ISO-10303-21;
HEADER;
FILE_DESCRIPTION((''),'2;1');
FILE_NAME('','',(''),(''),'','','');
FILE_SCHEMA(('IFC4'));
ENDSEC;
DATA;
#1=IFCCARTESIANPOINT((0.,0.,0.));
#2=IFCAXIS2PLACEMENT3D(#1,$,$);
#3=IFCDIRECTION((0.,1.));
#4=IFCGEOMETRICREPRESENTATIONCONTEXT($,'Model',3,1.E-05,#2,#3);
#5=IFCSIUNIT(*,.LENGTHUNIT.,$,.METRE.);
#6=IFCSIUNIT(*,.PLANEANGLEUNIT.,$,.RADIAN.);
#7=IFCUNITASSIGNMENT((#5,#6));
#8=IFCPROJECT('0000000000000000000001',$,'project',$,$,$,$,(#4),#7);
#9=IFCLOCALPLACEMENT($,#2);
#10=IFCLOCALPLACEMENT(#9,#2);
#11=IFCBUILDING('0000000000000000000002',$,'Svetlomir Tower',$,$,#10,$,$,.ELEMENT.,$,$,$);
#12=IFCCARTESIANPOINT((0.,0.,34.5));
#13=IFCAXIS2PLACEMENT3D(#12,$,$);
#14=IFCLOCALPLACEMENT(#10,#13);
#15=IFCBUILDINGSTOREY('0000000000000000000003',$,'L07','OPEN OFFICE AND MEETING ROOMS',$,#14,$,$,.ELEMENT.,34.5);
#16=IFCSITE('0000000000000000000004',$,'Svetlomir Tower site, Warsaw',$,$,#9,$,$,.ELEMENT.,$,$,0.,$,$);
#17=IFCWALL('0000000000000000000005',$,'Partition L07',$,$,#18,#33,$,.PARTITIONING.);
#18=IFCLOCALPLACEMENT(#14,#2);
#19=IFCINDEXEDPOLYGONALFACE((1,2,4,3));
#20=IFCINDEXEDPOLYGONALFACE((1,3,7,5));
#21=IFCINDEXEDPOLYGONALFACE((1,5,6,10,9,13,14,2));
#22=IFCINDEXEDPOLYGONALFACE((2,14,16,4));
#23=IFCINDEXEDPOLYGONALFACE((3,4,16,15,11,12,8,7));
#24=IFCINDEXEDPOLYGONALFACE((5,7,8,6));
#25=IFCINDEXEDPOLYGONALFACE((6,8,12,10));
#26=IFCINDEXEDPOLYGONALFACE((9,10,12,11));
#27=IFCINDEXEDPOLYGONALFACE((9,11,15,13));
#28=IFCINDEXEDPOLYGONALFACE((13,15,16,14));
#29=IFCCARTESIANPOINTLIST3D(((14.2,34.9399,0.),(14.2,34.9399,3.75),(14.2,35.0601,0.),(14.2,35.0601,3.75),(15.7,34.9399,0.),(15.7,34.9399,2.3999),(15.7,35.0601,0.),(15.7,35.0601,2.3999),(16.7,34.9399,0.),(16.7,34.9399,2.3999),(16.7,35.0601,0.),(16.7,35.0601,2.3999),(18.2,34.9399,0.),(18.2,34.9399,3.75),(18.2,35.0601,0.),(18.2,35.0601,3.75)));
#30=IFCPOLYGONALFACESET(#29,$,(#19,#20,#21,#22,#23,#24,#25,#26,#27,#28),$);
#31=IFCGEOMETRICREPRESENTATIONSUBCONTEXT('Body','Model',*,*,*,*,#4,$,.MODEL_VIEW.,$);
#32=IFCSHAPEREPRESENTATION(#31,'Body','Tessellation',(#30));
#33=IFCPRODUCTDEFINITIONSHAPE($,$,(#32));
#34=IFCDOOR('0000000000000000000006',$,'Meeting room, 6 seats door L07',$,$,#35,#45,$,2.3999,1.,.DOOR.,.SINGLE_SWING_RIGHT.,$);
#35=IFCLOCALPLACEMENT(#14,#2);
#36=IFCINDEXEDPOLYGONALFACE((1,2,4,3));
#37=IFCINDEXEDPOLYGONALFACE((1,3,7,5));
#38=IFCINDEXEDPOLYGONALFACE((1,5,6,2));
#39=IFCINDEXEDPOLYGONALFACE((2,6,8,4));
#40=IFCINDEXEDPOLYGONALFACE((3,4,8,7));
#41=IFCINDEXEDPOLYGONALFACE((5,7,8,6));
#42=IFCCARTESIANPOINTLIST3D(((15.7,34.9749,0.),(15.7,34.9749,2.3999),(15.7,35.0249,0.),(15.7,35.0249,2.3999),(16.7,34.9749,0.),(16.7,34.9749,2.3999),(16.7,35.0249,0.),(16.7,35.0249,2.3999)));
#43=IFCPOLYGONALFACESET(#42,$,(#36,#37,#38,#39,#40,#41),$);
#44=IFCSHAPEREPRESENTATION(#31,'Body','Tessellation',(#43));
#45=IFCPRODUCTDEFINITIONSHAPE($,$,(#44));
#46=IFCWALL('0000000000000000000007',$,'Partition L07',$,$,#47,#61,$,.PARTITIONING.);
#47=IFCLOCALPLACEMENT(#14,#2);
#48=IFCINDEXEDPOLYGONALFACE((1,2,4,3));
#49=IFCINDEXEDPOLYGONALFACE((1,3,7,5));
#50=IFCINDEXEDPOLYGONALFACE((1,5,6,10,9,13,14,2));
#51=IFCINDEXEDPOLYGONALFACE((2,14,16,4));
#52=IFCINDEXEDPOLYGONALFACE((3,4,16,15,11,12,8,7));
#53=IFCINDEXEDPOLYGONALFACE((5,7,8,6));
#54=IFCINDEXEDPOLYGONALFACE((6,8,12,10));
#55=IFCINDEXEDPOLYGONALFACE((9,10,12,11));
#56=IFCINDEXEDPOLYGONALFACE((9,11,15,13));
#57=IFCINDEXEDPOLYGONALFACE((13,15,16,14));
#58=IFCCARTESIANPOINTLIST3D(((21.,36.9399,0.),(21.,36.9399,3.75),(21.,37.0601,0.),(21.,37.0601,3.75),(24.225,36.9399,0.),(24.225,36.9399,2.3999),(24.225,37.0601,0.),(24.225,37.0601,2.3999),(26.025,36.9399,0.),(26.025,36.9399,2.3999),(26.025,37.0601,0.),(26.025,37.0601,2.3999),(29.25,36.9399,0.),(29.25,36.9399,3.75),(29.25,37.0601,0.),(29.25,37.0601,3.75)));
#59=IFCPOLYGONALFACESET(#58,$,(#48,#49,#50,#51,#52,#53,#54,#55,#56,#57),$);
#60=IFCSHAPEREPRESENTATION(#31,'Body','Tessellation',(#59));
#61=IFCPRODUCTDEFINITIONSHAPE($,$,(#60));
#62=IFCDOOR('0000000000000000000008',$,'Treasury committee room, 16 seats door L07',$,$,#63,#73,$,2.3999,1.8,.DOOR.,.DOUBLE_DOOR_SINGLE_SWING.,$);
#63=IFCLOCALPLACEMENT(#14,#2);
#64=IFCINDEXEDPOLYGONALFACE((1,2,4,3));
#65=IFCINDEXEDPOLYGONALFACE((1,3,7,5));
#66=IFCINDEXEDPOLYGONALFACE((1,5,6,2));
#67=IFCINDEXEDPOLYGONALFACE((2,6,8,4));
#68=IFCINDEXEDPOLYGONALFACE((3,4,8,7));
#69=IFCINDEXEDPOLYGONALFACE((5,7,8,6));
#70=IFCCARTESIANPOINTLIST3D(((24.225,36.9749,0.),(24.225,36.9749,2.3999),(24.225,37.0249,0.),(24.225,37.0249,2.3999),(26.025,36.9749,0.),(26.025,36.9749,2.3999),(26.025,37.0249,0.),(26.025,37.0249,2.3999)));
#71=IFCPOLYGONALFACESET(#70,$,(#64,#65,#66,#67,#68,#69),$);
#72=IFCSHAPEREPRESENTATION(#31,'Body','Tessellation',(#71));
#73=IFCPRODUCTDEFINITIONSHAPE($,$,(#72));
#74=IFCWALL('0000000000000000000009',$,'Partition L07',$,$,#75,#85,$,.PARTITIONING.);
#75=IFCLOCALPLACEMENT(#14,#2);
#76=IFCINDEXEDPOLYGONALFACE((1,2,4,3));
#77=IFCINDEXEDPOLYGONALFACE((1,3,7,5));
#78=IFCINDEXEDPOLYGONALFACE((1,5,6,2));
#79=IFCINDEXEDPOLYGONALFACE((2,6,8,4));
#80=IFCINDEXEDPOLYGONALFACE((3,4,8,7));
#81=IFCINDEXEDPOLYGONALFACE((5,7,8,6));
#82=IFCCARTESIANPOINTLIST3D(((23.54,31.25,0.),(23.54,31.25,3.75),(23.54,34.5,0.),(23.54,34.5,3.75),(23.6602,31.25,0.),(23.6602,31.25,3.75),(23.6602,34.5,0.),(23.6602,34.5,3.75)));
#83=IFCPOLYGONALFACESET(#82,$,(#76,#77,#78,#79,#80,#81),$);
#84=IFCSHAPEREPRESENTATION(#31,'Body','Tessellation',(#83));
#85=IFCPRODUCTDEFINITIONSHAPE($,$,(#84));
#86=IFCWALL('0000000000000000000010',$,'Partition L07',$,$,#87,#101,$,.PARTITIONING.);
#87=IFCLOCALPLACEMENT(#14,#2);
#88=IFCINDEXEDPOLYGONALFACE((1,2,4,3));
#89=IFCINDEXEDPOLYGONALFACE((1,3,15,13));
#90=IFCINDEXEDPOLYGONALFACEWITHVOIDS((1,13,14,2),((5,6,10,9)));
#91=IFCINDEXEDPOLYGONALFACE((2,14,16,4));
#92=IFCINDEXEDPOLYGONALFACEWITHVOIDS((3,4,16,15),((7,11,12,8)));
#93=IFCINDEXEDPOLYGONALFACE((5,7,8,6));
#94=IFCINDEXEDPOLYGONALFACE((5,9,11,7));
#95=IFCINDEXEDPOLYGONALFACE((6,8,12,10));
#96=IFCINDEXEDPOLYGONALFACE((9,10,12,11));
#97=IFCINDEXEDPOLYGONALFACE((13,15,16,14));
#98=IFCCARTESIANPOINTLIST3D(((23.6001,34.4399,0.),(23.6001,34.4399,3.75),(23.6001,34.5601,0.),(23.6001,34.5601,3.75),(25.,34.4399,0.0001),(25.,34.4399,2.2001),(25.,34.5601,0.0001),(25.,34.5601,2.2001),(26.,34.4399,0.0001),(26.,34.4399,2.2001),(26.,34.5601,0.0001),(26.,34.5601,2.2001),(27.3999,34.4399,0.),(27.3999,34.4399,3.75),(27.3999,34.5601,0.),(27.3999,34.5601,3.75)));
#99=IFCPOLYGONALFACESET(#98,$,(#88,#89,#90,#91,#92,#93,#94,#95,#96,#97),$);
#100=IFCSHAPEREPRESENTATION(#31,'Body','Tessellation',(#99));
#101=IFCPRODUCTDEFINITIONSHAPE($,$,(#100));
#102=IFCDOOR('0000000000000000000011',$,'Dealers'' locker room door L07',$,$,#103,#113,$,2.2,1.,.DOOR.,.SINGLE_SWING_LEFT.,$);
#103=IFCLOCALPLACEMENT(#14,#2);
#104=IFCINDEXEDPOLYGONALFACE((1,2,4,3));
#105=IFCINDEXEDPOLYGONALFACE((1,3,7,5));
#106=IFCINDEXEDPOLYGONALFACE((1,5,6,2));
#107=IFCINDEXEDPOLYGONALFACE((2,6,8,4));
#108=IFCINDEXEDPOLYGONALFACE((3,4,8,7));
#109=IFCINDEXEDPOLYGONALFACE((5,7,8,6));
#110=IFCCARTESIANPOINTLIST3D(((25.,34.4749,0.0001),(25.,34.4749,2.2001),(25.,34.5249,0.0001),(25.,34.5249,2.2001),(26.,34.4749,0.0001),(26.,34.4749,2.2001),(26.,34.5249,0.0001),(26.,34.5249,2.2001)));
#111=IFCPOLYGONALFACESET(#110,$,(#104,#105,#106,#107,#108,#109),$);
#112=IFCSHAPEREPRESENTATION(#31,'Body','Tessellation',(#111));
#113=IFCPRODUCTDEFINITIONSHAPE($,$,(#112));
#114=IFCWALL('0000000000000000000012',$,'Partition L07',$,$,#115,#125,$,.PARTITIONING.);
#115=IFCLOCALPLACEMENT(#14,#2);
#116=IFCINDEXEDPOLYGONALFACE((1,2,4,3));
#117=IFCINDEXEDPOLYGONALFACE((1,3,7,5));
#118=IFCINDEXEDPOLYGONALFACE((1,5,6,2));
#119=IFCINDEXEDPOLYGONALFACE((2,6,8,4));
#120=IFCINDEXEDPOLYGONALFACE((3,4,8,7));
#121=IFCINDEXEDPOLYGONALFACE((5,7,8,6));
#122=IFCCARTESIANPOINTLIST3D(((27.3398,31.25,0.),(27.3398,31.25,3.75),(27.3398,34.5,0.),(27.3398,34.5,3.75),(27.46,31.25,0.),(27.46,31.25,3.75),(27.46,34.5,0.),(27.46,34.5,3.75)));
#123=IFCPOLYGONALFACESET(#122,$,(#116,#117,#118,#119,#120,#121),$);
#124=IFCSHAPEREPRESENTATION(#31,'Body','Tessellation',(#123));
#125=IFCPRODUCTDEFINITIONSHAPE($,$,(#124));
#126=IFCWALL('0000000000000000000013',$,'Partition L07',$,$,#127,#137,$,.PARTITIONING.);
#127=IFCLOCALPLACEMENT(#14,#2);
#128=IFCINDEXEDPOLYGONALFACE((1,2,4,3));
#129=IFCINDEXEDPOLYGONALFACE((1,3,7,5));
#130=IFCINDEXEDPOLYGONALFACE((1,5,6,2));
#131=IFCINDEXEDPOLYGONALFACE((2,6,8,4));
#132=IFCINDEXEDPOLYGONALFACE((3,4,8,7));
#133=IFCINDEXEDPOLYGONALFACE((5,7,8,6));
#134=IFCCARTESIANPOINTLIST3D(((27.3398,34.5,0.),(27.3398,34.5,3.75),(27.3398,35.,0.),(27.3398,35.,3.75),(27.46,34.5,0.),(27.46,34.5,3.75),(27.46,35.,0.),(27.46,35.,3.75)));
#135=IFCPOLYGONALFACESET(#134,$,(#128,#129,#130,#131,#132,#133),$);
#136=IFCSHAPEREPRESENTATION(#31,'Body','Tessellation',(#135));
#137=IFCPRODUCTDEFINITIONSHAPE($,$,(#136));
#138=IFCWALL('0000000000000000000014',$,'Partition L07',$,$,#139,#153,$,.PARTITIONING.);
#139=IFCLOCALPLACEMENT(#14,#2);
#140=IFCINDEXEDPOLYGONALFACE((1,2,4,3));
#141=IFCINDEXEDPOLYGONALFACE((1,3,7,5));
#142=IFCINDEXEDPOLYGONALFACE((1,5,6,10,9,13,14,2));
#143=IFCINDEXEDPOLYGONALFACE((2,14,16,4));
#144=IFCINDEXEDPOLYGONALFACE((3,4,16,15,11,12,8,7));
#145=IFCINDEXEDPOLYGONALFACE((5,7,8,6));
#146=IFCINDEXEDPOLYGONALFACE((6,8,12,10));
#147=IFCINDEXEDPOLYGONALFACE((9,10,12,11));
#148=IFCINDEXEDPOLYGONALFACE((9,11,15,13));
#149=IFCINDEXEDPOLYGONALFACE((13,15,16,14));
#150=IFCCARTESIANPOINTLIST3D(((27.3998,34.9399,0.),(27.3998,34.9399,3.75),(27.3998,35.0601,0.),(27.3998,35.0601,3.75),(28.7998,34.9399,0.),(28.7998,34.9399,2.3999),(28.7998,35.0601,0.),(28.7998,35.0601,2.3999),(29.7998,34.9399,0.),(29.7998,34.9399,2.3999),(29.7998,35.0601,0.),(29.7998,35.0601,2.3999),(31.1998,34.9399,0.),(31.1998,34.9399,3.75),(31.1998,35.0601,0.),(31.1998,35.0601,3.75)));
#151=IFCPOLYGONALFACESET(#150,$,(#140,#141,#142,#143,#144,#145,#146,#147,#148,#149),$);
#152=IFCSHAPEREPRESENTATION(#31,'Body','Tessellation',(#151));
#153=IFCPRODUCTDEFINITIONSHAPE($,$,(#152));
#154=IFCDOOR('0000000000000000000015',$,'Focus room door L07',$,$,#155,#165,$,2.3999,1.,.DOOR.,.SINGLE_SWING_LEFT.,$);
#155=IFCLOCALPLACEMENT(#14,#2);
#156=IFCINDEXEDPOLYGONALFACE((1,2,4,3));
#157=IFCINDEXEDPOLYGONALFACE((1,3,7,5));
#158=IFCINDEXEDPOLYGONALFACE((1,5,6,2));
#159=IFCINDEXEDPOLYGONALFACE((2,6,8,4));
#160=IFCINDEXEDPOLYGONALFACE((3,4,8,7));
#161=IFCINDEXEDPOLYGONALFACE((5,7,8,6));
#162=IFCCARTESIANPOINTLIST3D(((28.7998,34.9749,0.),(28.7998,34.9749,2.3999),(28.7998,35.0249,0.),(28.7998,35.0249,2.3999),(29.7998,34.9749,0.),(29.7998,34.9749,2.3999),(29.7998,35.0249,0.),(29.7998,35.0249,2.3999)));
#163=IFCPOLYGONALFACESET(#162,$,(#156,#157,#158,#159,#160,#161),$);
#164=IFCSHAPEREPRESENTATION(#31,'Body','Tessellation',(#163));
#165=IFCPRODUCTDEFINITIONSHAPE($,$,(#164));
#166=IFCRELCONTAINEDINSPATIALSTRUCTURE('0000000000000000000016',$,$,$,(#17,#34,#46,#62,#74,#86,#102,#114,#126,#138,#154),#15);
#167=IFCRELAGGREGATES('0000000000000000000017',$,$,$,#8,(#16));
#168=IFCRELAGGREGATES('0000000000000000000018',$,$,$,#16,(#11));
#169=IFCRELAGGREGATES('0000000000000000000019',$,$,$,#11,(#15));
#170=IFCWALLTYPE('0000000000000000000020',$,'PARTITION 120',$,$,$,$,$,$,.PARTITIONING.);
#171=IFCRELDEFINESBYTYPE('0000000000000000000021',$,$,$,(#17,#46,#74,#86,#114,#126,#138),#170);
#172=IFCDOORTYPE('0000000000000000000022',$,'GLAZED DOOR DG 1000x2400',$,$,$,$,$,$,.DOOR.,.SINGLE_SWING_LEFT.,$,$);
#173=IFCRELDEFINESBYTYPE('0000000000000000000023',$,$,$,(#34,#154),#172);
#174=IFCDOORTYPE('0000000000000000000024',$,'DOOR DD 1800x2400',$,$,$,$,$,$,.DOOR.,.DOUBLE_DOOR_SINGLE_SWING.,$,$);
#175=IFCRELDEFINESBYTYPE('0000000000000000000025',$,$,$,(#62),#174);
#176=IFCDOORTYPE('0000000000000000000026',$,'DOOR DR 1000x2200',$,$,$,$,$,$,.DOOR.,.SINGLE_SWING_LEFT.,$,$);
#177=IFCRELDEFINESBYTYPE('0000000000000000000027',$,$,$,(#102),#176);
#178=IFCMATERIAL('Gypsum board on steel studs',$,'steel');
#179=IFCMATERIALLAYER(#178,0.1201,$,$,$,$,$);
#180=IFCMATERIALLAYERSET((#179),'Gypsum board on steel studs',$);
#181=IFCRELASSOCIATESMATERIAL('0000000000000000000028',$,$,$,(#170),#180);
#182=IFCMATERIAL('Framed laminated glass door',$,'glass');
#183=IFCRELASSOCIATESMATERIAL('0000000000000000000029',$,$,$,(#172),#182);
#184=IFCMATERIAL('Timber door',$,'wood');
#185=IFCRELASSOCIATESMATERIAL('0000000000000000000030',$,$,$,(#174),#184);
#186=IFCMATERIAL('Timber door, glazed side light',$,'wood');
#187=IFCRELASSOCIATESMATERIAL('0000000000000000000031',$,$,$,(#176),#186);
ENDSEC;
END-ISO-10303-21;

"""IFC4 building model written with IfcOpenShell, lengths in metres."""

from ifc_helpers import new_model, si_unit, direction, frame, frame_2d, origin, place, context, subcontext, project, spatial, rectangle, extrude, material, layer, layer_set, type_object, element, fill, save


model = new_model("IFC4")

# Units and contexts
model_context = context("Model", 3, precision=1e-05, world=origin(), true_north=direction((0.0, 1.0)))
body_context = subcontext(model_context, "Body", "Model", "MODEL_VIEW")
ifc_project = project(units=[si_unit("LENGTHUNIT", "METRE"), si_unit("PLANEANGLEUNIT", "RADIAN")], contexts=[model_context])

# Site, building, storey
site_placement = place(None, origin())
site = spatial("IfcSite", under=ifc_project, at=site_placement, Name="Svetlomir Tower site, Warsaw", CompositionType="ELEMENT", RefElevation=0.0)
building_placement = place(site_placement, origin())
building = spatial("IfcBuilding", under=site, at=building_placement, Name="Svetlomir Tower", CompositionType="ELEMENT")
storey_placement = place(building_placement, frame((0.0, 0.0, 34.5)))
storey = spatial("IfcBuildingStorey", under=building, at=storey_placement, Name="L07", Description="OPEN OFFICE AND MEETING ROOMS", CompositionType="ELEMENT", Elevation=34.5)

# Shared definitions
ifc_material_1 = material(Name="Gypsum board on steel studs", Category="steel")
ifc_layer_1 = layer(ifc_material_1, 0.1201)
ifc_layer_set_1 = layer_set([ifc_layer_1], Name="Gypsum board on steel studs")
wall_type_1 = type_object("IfcWallType", Name="PARTITION 120", PredefinedType="PARTITIONING", material=ifc_layer_set_1)

# Walls, openings, doors
wall_1_placement = place(storey_placement, frame((14.2, 35.0, 0.0), z_axis=(0.0, 0.0, 1.0), x_axis=(1.0, 0.0, 0.0)))
wall_1 = element("IfcWall", 1, at=wall_1_placement, inside=storey, type_object=wall_type_1, Name="Partition L07", PredefinedType="PARTITIONING", context=body_context, shape_type="SweptSolid", body=[
    extrude(rectangle(XDim=4.0, YDim=0.1201, at=frame_2d((2.0, 0.0))), origin(), (0.0, 0.0, 1.0), 3.75),
])
opening_1_placement = place(wall_1_placement, frame((1.5, 0.0, 0.0)))
opening_1 = element("IfcOpeningElement", 2, at=opening_1_placement, cuts=wall_1, PredefinedType="OPENING", context=body_context, shape_type="SweptSolid", body=[
    extrude(rectangle(XDim=1.0, YDim=2.3999, at=frame_2d((0.5, 1.2))), frame((0.0, 0.0701, 0.0), z_axis=(0.0, -1.0, 0.0), x_axis=(1.0, 0.0, 0.0)), (0.0, 0.0, 1.0), 0.1401),
])
ifc_material_2 = material(Name="Framed laminated glass door", Category="glass")
door_type_1 = type_object("IfcDoorType", Name="GLAZED DOOR DG 1000x2400", OperationType="SINGLE_SWING_LEFT", PredefinedType="DOOR", material=ifc_material_2)
door_1_placement = place(opening_1_placement, origin())
door_1 = element("IfcDoor", 3, at=door_1_placement, inside=storey, type_object=door_type_1, Name="Meeting room, 6 seats door L07", OperationType="SINGLE_SWING_RIGHT", OverallHeight=2.3999, OverallWidth=1.0, PredefinedType="DOOR", context=body_context, shape_type="SweptSolid", body=[
    extrude(rectangle(XDim=1.0, YDim=2.3999, at=frame_2d((0.5, 1.2))), frame((0.0, 0.0249, 0.0), z_axis=(0.0, -1.0, 0.0), x_axis=(1.0, 0.0, 0.0)), (0.0, 0.0, 1.0), 0.05),
])
fill(opening_1, door_1)
wall_2_placement = place(storey_placement, frame((21.0, 37.0, 0.0), z_axis=(0.0, 0.0, 1.0), x_axis=(1.0, 0.0, 0.0)))
wall_2 = element("IfcWall", 4, at=wall_2_placement, inside=storey, type_object=wall_type_1, Name="Partition L07", PredefinedType="PARTITIONING", context=body_context, shape_type="SweptSolid", body=[
    extrude(rectangle(XDim=8.25, YDim=0.1201, at=frame_2d((4.125, 0.0))), origin(), (0.0, 0.0, 1.0), 3.75),
])
opening_2_placement = place(wall_2_placement, frame((3.2251, 0.0, 0.0)))
opening_2 = element("IfcOpeningElement", 5, at=opening_2_placement, cuts=wall_2, PredefinedType="OPENING", context=body_context, shape_type="SweptSolid", body=[
    extrude(rectangle(XDim=1.8, YDim=2.3999, at=frame_2d((0.8999, 1.2))), frame((0.0, 0.0701, 0.0), z_axis=(0.0, -1.0, 0.0), x_axis=(1.0, 0.0, 0.0)), (0.0, 0.0, 1.0), 0.1401),
])
ifc_material_3 = material(Name="Timber door", Category="wood")
door_type_2 = type_object("IfcDoorType", Name="DOOR DD 1800x2400", OperationType="DOUBLE_DOOR_SINGLE_SWING", PredefinedType="DOOR", material=ifc_material_3)
door_2_placement = place(opening_2_placement, origin())
door_2 = element("IfcDoor", 6, at=door_2_placement, inside=storey, type_object=door_type_2, Name="Treasury committee room, 16 seats door L07", OperationType="DOUBLE_DOOR_SINGLE_SWING", OverallHeight=2.3999, OverallWidth=1.8, PredefinedType="DOOR", context=body_context, shape_type="SweptSolid", body=[
    extrude(rectangle(XDim=1.8, YDim=2.3999, at=frame_2d((0.8999, 1.2))), frame((0.0, 0.0249, 0.0), z_axis=(0.0, -1.0, 0.0), x_axis=(1.0, 0.0, 0.0)), (0.0, 0.0, 1.0), 0.05),
])
fill(opening_2, door_2)

# Wall
wall_3_placement = place(storey_placement, frame((23.6001, 31.25, 0.0), z_axis=(0.0, 0.0, 1.0), x_axis=(0.0, 1.0, 0.0)))
element("IfcWall", 7, at=wall_3_placement, inside=storey, type_object=wall_type_1, Name="Partition L07", PredefinedType="PARTITIONING", context=body_context, shape_type="SweptSolid", body=[
    extrude(rectangle(XDim=3.25, YDim=0.1201, at=frame_2d((1.625, 0.0))), origin(), (0.0, 0.0, 1.0), 3.75),
])

# Wall, opening, door
wall_4_placement = place(storey_placement, frame((23.6001, 34.5, 0.0), z_axis=(0.0, 0.0, 1.0), x_axis=(1.0, 0.0, 0.0)))
wall_4 = element("IfcWall", 8, at=wall_4_placement, inside=storey, type_object=wall_type_1, Name="Partition L07", PredefinedType="PARTITIONING", context=body_context, shape_type="SweptSolid", body=[
    extrude(rectangle(XDim=3.7998, YDim=0.1201, at=frame_2d((1.8999, 0.0))), origin(), (0.0, 0.0, 1.0), 3.75),
])
opening_3_placement = place(wall_4_placement, frame((1.3999, 0.0, 0.0)))
opening_3 = element("IfcOpeningElement", 9, at=opening_3_placement, cuts=wall_4, PredefinedType="OPENING", context=body_context, shape_type="SweptSolid", body=[
    extrude(rectangle(XDim=1.0, YDim=2.2, at=frame_2d((0.5, 1.1001))), frame((0.0, 0.0701, 0.0), z_axis=(0.0, -1.0, 0.0), x_axis=(1.0, 0.0, 0.0)), (0.0, 0.0, 1.0), 0.1401),
])
ifc_material_4 = material(Name="Timber door, glazed side light", Category="wood")
door_type_3 = type_object("IfcDoorType", Name="DOOR DR 1000x2200", OperationType="SINGLE_SWING_LEFT", PredefinedType="DOOR", material=ifc_material_4)
door_3_placement = place(opening_3_placement, origin())
door_3 = element("IfcDoor", 10, at=door_3_placement, inside=storey, type_object=door_type_3, Name="Dealers' locker room door L07", OperationType="SINGLE_SWING_LEFT", OverallHeight=2.2, OverallWidth=1.0, PredefinedType="DOOR", context=body_context, shape_type="SweptSolid", body=[
    extrude(rectangle(XDim=1.0, YDim=2.2, at=frame_2d((0.5, 1.1001))), frame((0.0, 0.0249, 0.0), z_axis=(0.0, -1.0, 0.0), x_axis=(1.0, 0.0, 0.0)), (0.0, 0.0, 1.0), 0.05),
])
fill(opening_3, door_3)

# Walls
wall_5_placement = place(storey_placement, frame((27.3999, 31.25, 0.0), z_axis=(0.0, 0.0, 1.0), x_axis=(0.0, 1.0, 0.0)))
element("IfcWall", 11, at=wall_5_placement, inside=storey, type_object=wall_type_1, Name="Partition L07", PredefinedType="PARTITIONING", context=body_context, shape_type="SweptSolid", body=[
    extrude(rectangle(XDim=3.25, YDim=0.1201, at=frame_2d((1.625, 0.0))), origin(), (0.0, 0.0, 1.0), 3.75),
])
wall_6_placement = place(storey_placement, frame((27.3999, 34.5, 0.0), z_axis=(0.0, 0.0, 1.0), x_axis=(0.0, 1.0, 0.0)))
element("IfcWall", 12, at=wall_6_placement, inside=storey, type_object=wall_type_1, Name="Partition L07", PredefinedType="PARTITIONING", context=body_context, shape_type="SweptSolid", body=[
    extrude(rectangle(XDim=0.5, YDim=0.1201, at=frame_2d((0.25, 0.0))), origin(), (0.0, 0.0, 1.0), 3.75),
])

# Wall, opening, door
wall_7_placement = place(storey_placement, frame((27.3999, 35.0, 0.0), z_axis=(0.0, 0.0, 1.0), x_axis=(1.0, 0.0, 0.0)))
wall_7 = element("IfcWall", 13, at=wall_7_placement, inside=storey, type_object=wall_type_1, Name="Partition L07", PredefinedType="PARTITIONING", context=body_context, shape_type="SweptSolid", body=[
    extrude(rectangle(XDim=3.8, YDim=0.1201, at=frame_2d((1.8999, 0.0))), origin(), (0.0, 0.0, 1.0), 3.75),
])
opening_4_placement = place(wall_7_placement, frame((1.3999, 0.0, 0.0)))
opening_4 = element("IfcOpeningElement", 14, at=opening_4_placement, cuts=wall_7, PredefinedType="OPENING", context=body_context, shape_type="SweptSolid", body=[
    extrude(rectangle(XDim=1.0, YDim=2.3999, at=frame_2d((0.5, 1.2))), frame((0.0, 0.0701, 0.0), z_axis=(0.0, -1.0, 0.0), x_axis=(1.0, 0.0, 0.0)), (0.0, 0.0, 1.0), 0.1401),
])
door_4_placement = place(opening_4_placement, origin())
door_4 = element("IfcDoor", 15, at=door_4_placement, inside=storey, type_object=door_type_1, Name="Focus room door L07", OperationType="SINGLE_SWING_LEFT", OverallHeight=2.3999, OverallWidth=1.0, PredefinedType="DOOR", context=body_context, shape_type="SweptSolid", body=[
    extrude(rectangle(XDim=1.0, YDim=2.3999, at=frame_2d((0.5, 1.2))), frame((0.0, 0.0249, 0.0), z_axis=(0.0, -1.0, 0.0), x_axis=(1.0, 0.0, 0.0)), (0.0, 0.0, 1.0), 0.05),
])
fill(opening_4, door_4)

save(model, "model.ifc")
